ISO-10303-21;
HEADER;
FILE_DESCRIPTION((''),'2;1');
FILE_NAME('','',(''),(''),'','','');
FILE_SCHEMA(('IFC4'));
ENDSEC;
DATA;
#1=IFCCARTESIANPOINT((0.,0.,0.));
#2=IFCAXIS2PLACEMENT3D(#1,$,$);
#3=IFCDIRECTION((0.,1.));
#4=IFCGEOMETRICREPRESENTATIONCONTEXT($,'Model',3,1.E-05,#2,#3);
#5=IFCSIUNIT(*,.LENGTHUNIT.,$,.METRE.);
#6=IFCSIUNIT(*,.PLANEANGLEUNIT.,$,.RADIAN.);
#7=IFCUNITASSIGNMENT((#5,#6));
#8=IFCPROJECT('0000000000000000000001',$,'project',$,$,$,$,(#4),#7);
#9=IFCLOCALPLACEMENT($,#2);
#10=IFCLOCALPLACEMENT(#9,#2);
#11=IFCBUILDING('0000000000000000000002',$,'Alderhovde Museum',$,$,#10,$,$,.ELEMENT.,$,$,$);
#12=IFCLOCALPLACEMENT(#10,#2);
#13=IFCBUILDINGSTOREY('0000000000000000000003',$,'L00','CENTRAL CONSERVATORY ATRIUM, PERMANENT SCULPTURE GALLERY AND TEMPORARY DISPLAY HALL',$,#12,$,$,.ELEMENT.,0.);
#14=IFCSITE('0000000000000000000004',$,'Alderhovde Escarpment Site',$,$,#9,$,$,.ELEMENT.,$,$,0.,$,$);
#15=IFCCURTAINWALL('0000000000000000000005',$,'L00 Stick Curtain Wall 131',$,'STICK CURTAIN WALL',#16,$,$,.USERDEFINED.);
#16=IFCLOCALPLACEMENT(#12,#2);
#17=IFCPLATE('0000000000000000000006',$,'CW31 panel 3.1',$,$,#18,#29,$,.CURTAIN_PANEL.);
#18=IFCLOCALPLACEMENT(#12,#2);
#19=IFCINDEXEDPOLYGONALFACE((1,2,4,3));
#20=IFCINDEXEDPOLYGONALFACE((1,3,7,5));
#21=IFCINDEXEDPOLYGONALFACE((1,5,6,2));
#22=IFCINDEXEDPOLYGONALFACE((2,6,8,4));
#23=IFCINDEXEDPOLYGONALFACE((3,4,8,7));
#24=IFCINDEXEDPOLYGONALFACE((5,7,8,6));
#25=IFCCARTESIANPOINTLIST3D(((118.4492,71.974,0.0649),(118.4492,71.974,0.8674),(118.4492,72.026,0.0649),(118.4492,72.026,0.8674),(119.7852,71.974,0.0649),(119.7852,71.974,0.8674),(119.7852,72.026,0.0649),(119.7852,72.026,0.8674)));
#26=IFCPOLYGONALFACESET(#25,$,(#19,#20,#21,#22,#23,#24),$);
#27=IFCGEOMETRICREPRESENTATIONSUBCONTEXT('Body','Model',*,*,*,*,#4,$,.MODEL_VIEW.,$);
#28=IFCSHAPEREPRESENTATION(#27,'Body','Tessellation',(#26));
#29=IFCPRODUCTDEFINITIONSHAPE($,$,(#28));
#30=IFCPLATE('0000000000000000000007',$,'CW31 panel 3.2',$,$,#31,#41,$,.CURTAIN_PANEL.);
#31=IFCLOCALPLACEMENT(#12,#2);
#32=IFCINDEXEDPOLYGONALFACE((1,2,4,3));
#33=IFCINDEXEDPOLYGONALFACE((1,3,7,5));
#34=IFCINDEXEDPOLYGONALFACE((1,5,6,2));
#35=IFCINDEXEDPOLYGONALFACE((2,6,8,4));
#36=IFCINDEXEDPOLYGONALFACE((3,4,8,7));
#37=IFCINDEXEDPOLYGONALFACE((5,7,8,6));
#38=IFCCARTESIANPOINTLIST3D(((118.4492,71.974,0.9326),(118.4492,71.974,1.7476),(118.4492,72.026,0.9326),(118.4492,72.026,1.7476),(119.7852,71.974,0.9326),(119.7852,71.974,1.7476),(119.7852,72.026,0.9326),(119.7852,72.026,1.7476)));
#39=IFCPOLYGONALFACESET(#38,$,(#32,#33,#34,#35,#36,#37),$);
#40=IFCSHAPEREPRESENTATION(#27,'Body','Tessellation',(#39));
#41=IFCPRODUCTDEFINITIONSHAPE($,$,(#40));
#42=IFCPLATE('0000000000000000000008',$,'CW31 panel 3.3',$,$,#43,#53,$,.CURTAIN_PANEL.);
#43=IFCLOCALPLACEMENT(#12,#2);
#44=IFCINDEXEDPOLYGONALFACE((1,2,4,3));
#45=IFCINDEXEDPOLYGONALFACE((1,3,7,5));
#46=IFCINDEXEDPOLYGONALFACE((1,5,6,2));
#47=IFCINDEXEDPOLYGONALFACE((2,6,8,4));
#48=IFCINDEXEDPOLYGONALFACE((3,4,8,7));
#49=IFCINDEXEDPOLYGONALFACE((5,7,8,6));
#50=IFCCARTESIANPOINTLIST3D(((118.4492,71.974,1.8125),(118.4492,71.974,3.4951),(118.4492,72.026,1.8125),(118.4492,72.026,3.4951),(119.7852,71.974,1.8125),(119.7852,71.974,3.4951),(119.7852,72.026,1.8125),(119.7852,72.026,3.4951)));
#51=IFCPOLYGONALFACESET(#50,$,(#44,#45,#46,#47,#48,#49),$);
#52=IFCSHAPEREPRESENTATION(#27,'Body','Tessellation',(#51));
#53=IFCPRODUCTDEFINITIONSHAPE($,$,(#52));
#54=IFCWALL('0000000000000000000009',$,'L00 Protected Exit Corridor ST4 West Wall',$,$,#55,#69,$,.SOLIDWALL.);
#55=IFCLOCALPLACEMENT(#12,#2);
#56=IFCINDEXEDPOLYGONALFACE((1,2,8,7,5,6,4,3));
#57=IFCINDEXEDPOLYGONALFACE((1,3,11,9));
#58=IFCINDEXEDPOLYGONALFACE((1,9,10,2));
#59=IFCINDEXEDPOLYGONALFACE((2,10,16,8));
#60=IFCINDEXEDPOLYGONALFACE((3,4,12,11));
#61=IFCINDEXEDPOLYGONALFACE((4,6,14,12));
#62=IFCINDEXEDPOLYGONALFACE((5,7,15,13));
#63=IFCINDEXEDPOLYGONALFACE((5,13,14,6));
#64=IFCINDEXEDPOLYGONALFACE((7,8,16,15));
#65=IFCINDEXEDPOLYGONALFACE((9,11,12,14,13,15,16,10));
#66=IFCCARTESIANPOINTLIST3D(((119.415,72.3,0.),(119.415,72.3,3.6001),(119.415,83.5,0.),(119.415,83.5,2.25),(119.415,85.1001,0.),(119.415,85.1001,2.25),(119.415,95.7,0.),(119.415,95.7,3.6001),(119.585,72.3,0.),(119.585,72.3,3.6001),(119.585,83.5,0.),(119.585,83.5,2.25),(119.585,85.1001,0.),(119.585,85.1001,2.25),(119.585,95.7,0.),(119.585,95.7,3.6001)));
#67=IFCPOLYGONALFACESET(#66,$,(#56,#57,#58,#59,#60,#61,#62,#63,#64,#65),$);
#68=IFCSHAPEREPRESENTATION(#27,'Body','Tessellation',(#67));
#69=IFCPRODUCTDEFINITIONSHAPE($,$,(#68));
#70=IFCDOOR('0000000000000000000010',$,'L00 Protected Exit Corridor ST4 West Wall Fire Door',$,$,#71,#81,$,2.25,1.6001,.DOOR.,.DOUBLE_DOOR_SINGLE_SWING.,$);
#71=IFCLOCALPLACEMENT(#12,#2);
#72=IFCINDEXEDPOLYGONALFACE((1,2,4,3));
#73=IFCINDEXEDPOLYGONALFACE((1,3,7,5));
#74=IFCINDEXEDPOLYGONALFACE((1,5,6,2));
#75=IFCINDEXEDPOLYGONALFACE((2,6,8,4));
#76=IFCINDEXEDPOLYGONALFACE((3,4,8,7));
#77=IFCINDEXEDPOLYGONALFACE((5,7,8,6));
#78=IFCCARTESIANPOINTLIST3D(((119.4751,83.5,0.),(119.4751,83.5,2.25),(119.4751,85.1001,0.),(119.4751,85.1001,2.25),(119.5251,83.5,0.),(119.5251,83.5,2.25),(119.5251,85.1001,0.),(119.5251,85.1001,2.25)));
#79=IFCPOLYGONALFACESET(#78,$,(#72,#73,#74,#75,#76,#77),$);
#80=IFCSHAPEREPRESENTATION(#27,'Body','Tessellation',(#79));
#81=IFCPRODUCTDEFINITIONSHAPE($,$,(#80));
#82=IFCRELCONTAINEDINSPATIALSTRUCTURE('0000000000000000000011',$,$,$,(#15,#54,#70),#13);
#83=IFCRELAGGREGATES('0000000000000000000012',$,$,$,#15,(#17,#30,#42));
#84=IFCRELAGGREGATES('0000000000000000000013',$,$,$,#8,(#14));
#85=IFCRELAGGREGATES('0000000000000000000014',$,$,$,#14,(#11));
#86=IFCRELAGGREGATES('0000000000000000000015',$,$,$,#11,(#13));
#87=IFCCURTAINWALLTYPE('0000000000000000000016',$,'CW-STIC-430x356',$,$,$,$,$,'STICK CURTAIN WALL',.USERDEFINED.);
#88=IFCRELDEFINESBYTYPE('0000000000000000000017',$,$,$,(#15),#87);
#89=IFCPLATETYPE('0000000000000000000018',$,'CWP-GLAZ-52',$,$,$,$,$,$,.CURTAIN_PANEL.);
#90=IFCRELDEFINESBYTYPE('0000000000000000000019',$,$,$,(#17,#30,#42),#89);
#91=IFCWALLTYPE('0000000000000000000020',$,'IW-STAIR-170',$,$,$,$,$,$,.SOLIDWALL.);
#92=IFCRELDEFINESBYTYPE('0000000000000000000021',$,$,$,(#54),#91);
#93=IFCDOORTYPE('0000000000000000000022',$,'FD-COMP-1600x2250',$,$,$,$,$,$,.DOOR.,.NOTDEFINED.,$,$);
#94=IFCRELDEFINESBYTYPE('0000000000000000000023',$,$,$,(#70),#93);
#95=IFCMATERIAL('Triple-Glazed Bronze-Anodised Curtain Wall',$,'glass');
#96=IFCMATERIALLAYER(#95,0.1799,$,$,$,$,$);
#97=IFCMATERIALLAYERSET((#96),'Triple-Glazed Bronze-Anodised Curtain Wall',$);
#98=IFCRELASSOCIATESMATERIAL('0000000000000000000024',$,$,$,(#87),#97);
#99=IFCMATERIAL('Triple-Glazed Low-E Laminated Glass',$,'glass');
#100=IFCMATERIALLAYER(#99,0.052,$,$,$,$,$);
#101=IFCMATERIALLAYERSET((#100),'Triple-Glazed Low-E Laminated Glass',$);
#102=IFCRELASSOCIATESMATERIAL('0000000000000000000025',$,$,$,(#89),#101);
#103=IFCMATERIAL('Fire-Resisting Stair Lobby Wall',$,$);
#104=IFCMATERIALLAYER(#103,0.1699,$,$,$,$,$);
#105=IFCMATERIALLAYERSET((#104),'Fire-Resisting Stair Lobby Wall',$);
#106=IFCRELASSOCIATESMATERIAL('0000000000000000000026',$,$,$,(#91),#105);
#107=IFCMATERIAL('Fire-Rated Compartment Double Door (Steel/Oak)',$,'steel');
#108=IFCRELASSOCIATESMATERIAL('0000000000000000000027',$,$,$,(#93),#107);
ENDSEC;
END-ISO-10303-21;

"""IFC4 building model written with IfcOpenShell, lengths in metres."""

from ifc_helpers import new_model, si_unit, direction, frame, frame_2d, origin, origin_2d, place, context, subcontext, project, spatial, rectangle, extrude, material, layer, layer_set, type_object, element, fill, aggregate, save


model = new_model("IFC4")

# Units and contexts
model_context = context("Model", 3, precision=1e-05, world=origin(), true_north=direction((0.0, 1.0)))
body_context = subcontext(model_context, "Body", "Model", "MODEL_VIEW")
ifc_project = project(units=[si_unit("LENGTHUNIT", "METRE"), si_unit("PLANEANGLEUNIT", "RADIAN")], contexts=[model_context])

# Site, building, storey
site_placement = place(None, origin())
site = spatial("IfcSite", under=ifc_project, at=site_placement, Name="Alderhovde Escarpment Site", CompositionType="ELEMENT", RefElevation=0.0)
building_placement = place(site_placement, origin())
building = spatial("IfcBuilding", under=site, at=building_placement, Name="Alderhovde Museum", CompositionType="ELEMENT")
storey_placement = place(building_placement, origin())
storey = spatial("IfcBuildingStorey", under=building, at=storey_placement, Name="L00", Description="CENTRAL CONSERVATORY ATRIUM, PERMANENT SCULPTURE GALLERY AND TEMPORARY DISPLAY HALL", CompositionType="ELEMENT", Elevation=0.0)

# Curtain wall
ifc_material_1 = material(Name="Triple-Glazed Bronze-Anodised Curtain Wall", Category="glass")
ifc_layer_1 = layer(ifc_material_1, 0.1799)
ifc_layer_set_1 = layer_set([ifc_layer_1], Name="Triple-Glazed Bronze-Anodised Curtain Wall")
curtain_wall_type = type_object("IfcCurtainWallType", Name="CW-STIC-430x356", ElementType="STICK CURTAIN WALL", PredefinedType="USERDEFINED", material=ifc_layer_set_1)
curtain_wall_1_placement = place(storey_placement, origin())
curtain_wall_1 = element("IfcCurtainWall", 1, at=curtain_wall_1_placement, inside=storey, type_object=curtain_wall_type, Name="L00 Stick Curtain Wall 131", ObjectType="STICK CURTAIN WALL", PredefinedType="USERDEFINED")

# Plates
ifc_material_2 = material(Name="Triple-Glazed Low-E Laminated Glass", Category="glass")
ifc_layer_2 = layer(ifc_material_2, 0.052)
ifc_layer_set_2 = layer_set([ifc_layer_2], Name="Triple-Glazed Low-E Laminated Glass")
plate_type_1 = type_object("IfcPlateType", Name="CWP-GLAZ-52", PredefinedType="CURTAIN_PANEL", material=ifc_layer_set_2)
plate_1_placement = place(storey_placement, frame((119.1172, 72.0, 0.0649), z_axis=(0.0, 0.0, 1.0), x_axis=(1.0, 0.0, 0.0)))
plate_1 = element("IfcPlate", 2, at=plate_1_placement, type_object=plate_type_1, Name="CW31 panel 3.1", PredefinedType="CURTAIN_PANEL", context=body_context, shape_type="SweptSolid", body=[
    extrude(rectangle(XDim=1.3359, YDim=0.052, at=origin_2d()), origin(), (0.0, 0.0, 1.0), 0.8025),
])
plate_2_placement = place(storey_placement, frame((119.1172, 72.0, 0.9326), z_axis=(0.0, 0.0, 1.0), x_axis=(1.0, 0.0, 0.0)))
plate_2 = element("IfcPlate", 3, at=plate_2_placement, type_object=plate_type_1, Name="CW31 panel 3.2", PredefinedType="CURTAIN_PANEL", context=body_context, shape_type="SweptSolid", body=[
    extrude(rectangle(XDim=1.3359, YDim=0.052, at=origin_2d()), origin(), (0.0, 0.0, 1.0), 0.8149),
])
plate_3_placement = place(storey_placement, frame((119.1172, 72.0, 1.8125), z_axis=(0.0, 0.0, 1.0), x_axis=(1.0, 0.0, 0.0)))
plate_3 = element("IfcPlate", 4, at=plate_3_placement, type_object=plate_type_1, Name="CW31 panel 3.3", PredefinedType="CURTAIN_PANEL", context=body_context, shape_type="SweptSolid", body=[
    extrude(rectangle(XDim=1.3359, YDim=0.052, at=origin_2d()), origin(), (0.0, 0.0, 1.0), 1.6826),
])
aggregate(curtain_wall_1, [plate_1, plate_2, plate_3])

# Wall, opening, door
ifc_material_3 = material(Name="Fire-Resisting Stair Lobby Wall")
ifc_layer_3 = layer(ifc_material_3, 0.1699)
ifc_layer_set_3 = layer_set([ifc_layer_3], Name="Fire-Resisting Stair Lobby Wall")
wall_type = type_object("IfcWallType", Name="IW-STAIR-170", PredefinedType="SOLIDWALL", material=ifc_layer_set_3)
wall_placement = place(storey_placement, frame((119.5, 72.3, 0.0), z_axis=(0.0, 0.0, 1.0), x_axis=(0.0, 1.0, 0.0)))
wall = element("IfcWall", 5, at=wall_placement, inside=storey, type_object=wall_type, Name="L00 Protected Exit Corridor ST4 West Wall", PredefinedType="SOLIDWALL", context=body_context, shape_type="SweptSolid", body=[
    extrude(rectangle(XDim=23.3999, YDim=0.1699, at=frame_2d((11.7, 0.0))), origin(), (0.0, 0.0, 1.0), 3.6001),
])
opening_placement = place(wall_placement, frame((11.2, 0.0, 0.0)))
opening = element("IfcOpeningElement", 6, at=opening_placement, cuts=wall, PredefinedType="OPENING", context=body_context, shape_type="SweptSolid", body=[
    extrude(rectangle(XDim=1.6001, YDim=2.25, at=frame_2d((0.8, 1.125))), frame((0.0, 0.095, 0.0), z_axis=(0.0, -1.0, 0.0), x_axis=(1.0, 0.0, 0.0)), (0.0, 0.0, 1.0), 0.1899),
])
ifc_material_4 = material(Name="Fire-Rated Compartment Double Door (Steel/Oak)", Category="steel")
door_type = type_object("IfcDoorType", Name="FD-COMP-1600x2250", OperationType="NOTDEFINED", PredefinedType="DOOR", material=ifc_material_4)
door_placement = place(opening_placement, origin())
door = element("IfcDoor", 7, at=door_placement, inside=storey, type_object=door_type, Name="L00 Protected Exit Corridor ST4 West Wall Fire Door", OperationType="DOUBLE_DOOR_SINGLE_SWING", OverallHeight=2.25, OverallWidth=1.6001, PredefinedType="DOOR", context=body_context, shape_type="SweptSolid", body=[
    extrude(rectangle(XDim=1.6001, YDim=2.25, at=frame_2d((0.8, 1.125))), frame((0.0, 0.0249, 0.0), z_axis=(0.0, -1.0, 0.0), x_axis=(1.0, 0.0, 0.0)), (0.0, 0.0, 1.0), 0.05),
])
fill(opening, door)

save(model, "model.ifc")
